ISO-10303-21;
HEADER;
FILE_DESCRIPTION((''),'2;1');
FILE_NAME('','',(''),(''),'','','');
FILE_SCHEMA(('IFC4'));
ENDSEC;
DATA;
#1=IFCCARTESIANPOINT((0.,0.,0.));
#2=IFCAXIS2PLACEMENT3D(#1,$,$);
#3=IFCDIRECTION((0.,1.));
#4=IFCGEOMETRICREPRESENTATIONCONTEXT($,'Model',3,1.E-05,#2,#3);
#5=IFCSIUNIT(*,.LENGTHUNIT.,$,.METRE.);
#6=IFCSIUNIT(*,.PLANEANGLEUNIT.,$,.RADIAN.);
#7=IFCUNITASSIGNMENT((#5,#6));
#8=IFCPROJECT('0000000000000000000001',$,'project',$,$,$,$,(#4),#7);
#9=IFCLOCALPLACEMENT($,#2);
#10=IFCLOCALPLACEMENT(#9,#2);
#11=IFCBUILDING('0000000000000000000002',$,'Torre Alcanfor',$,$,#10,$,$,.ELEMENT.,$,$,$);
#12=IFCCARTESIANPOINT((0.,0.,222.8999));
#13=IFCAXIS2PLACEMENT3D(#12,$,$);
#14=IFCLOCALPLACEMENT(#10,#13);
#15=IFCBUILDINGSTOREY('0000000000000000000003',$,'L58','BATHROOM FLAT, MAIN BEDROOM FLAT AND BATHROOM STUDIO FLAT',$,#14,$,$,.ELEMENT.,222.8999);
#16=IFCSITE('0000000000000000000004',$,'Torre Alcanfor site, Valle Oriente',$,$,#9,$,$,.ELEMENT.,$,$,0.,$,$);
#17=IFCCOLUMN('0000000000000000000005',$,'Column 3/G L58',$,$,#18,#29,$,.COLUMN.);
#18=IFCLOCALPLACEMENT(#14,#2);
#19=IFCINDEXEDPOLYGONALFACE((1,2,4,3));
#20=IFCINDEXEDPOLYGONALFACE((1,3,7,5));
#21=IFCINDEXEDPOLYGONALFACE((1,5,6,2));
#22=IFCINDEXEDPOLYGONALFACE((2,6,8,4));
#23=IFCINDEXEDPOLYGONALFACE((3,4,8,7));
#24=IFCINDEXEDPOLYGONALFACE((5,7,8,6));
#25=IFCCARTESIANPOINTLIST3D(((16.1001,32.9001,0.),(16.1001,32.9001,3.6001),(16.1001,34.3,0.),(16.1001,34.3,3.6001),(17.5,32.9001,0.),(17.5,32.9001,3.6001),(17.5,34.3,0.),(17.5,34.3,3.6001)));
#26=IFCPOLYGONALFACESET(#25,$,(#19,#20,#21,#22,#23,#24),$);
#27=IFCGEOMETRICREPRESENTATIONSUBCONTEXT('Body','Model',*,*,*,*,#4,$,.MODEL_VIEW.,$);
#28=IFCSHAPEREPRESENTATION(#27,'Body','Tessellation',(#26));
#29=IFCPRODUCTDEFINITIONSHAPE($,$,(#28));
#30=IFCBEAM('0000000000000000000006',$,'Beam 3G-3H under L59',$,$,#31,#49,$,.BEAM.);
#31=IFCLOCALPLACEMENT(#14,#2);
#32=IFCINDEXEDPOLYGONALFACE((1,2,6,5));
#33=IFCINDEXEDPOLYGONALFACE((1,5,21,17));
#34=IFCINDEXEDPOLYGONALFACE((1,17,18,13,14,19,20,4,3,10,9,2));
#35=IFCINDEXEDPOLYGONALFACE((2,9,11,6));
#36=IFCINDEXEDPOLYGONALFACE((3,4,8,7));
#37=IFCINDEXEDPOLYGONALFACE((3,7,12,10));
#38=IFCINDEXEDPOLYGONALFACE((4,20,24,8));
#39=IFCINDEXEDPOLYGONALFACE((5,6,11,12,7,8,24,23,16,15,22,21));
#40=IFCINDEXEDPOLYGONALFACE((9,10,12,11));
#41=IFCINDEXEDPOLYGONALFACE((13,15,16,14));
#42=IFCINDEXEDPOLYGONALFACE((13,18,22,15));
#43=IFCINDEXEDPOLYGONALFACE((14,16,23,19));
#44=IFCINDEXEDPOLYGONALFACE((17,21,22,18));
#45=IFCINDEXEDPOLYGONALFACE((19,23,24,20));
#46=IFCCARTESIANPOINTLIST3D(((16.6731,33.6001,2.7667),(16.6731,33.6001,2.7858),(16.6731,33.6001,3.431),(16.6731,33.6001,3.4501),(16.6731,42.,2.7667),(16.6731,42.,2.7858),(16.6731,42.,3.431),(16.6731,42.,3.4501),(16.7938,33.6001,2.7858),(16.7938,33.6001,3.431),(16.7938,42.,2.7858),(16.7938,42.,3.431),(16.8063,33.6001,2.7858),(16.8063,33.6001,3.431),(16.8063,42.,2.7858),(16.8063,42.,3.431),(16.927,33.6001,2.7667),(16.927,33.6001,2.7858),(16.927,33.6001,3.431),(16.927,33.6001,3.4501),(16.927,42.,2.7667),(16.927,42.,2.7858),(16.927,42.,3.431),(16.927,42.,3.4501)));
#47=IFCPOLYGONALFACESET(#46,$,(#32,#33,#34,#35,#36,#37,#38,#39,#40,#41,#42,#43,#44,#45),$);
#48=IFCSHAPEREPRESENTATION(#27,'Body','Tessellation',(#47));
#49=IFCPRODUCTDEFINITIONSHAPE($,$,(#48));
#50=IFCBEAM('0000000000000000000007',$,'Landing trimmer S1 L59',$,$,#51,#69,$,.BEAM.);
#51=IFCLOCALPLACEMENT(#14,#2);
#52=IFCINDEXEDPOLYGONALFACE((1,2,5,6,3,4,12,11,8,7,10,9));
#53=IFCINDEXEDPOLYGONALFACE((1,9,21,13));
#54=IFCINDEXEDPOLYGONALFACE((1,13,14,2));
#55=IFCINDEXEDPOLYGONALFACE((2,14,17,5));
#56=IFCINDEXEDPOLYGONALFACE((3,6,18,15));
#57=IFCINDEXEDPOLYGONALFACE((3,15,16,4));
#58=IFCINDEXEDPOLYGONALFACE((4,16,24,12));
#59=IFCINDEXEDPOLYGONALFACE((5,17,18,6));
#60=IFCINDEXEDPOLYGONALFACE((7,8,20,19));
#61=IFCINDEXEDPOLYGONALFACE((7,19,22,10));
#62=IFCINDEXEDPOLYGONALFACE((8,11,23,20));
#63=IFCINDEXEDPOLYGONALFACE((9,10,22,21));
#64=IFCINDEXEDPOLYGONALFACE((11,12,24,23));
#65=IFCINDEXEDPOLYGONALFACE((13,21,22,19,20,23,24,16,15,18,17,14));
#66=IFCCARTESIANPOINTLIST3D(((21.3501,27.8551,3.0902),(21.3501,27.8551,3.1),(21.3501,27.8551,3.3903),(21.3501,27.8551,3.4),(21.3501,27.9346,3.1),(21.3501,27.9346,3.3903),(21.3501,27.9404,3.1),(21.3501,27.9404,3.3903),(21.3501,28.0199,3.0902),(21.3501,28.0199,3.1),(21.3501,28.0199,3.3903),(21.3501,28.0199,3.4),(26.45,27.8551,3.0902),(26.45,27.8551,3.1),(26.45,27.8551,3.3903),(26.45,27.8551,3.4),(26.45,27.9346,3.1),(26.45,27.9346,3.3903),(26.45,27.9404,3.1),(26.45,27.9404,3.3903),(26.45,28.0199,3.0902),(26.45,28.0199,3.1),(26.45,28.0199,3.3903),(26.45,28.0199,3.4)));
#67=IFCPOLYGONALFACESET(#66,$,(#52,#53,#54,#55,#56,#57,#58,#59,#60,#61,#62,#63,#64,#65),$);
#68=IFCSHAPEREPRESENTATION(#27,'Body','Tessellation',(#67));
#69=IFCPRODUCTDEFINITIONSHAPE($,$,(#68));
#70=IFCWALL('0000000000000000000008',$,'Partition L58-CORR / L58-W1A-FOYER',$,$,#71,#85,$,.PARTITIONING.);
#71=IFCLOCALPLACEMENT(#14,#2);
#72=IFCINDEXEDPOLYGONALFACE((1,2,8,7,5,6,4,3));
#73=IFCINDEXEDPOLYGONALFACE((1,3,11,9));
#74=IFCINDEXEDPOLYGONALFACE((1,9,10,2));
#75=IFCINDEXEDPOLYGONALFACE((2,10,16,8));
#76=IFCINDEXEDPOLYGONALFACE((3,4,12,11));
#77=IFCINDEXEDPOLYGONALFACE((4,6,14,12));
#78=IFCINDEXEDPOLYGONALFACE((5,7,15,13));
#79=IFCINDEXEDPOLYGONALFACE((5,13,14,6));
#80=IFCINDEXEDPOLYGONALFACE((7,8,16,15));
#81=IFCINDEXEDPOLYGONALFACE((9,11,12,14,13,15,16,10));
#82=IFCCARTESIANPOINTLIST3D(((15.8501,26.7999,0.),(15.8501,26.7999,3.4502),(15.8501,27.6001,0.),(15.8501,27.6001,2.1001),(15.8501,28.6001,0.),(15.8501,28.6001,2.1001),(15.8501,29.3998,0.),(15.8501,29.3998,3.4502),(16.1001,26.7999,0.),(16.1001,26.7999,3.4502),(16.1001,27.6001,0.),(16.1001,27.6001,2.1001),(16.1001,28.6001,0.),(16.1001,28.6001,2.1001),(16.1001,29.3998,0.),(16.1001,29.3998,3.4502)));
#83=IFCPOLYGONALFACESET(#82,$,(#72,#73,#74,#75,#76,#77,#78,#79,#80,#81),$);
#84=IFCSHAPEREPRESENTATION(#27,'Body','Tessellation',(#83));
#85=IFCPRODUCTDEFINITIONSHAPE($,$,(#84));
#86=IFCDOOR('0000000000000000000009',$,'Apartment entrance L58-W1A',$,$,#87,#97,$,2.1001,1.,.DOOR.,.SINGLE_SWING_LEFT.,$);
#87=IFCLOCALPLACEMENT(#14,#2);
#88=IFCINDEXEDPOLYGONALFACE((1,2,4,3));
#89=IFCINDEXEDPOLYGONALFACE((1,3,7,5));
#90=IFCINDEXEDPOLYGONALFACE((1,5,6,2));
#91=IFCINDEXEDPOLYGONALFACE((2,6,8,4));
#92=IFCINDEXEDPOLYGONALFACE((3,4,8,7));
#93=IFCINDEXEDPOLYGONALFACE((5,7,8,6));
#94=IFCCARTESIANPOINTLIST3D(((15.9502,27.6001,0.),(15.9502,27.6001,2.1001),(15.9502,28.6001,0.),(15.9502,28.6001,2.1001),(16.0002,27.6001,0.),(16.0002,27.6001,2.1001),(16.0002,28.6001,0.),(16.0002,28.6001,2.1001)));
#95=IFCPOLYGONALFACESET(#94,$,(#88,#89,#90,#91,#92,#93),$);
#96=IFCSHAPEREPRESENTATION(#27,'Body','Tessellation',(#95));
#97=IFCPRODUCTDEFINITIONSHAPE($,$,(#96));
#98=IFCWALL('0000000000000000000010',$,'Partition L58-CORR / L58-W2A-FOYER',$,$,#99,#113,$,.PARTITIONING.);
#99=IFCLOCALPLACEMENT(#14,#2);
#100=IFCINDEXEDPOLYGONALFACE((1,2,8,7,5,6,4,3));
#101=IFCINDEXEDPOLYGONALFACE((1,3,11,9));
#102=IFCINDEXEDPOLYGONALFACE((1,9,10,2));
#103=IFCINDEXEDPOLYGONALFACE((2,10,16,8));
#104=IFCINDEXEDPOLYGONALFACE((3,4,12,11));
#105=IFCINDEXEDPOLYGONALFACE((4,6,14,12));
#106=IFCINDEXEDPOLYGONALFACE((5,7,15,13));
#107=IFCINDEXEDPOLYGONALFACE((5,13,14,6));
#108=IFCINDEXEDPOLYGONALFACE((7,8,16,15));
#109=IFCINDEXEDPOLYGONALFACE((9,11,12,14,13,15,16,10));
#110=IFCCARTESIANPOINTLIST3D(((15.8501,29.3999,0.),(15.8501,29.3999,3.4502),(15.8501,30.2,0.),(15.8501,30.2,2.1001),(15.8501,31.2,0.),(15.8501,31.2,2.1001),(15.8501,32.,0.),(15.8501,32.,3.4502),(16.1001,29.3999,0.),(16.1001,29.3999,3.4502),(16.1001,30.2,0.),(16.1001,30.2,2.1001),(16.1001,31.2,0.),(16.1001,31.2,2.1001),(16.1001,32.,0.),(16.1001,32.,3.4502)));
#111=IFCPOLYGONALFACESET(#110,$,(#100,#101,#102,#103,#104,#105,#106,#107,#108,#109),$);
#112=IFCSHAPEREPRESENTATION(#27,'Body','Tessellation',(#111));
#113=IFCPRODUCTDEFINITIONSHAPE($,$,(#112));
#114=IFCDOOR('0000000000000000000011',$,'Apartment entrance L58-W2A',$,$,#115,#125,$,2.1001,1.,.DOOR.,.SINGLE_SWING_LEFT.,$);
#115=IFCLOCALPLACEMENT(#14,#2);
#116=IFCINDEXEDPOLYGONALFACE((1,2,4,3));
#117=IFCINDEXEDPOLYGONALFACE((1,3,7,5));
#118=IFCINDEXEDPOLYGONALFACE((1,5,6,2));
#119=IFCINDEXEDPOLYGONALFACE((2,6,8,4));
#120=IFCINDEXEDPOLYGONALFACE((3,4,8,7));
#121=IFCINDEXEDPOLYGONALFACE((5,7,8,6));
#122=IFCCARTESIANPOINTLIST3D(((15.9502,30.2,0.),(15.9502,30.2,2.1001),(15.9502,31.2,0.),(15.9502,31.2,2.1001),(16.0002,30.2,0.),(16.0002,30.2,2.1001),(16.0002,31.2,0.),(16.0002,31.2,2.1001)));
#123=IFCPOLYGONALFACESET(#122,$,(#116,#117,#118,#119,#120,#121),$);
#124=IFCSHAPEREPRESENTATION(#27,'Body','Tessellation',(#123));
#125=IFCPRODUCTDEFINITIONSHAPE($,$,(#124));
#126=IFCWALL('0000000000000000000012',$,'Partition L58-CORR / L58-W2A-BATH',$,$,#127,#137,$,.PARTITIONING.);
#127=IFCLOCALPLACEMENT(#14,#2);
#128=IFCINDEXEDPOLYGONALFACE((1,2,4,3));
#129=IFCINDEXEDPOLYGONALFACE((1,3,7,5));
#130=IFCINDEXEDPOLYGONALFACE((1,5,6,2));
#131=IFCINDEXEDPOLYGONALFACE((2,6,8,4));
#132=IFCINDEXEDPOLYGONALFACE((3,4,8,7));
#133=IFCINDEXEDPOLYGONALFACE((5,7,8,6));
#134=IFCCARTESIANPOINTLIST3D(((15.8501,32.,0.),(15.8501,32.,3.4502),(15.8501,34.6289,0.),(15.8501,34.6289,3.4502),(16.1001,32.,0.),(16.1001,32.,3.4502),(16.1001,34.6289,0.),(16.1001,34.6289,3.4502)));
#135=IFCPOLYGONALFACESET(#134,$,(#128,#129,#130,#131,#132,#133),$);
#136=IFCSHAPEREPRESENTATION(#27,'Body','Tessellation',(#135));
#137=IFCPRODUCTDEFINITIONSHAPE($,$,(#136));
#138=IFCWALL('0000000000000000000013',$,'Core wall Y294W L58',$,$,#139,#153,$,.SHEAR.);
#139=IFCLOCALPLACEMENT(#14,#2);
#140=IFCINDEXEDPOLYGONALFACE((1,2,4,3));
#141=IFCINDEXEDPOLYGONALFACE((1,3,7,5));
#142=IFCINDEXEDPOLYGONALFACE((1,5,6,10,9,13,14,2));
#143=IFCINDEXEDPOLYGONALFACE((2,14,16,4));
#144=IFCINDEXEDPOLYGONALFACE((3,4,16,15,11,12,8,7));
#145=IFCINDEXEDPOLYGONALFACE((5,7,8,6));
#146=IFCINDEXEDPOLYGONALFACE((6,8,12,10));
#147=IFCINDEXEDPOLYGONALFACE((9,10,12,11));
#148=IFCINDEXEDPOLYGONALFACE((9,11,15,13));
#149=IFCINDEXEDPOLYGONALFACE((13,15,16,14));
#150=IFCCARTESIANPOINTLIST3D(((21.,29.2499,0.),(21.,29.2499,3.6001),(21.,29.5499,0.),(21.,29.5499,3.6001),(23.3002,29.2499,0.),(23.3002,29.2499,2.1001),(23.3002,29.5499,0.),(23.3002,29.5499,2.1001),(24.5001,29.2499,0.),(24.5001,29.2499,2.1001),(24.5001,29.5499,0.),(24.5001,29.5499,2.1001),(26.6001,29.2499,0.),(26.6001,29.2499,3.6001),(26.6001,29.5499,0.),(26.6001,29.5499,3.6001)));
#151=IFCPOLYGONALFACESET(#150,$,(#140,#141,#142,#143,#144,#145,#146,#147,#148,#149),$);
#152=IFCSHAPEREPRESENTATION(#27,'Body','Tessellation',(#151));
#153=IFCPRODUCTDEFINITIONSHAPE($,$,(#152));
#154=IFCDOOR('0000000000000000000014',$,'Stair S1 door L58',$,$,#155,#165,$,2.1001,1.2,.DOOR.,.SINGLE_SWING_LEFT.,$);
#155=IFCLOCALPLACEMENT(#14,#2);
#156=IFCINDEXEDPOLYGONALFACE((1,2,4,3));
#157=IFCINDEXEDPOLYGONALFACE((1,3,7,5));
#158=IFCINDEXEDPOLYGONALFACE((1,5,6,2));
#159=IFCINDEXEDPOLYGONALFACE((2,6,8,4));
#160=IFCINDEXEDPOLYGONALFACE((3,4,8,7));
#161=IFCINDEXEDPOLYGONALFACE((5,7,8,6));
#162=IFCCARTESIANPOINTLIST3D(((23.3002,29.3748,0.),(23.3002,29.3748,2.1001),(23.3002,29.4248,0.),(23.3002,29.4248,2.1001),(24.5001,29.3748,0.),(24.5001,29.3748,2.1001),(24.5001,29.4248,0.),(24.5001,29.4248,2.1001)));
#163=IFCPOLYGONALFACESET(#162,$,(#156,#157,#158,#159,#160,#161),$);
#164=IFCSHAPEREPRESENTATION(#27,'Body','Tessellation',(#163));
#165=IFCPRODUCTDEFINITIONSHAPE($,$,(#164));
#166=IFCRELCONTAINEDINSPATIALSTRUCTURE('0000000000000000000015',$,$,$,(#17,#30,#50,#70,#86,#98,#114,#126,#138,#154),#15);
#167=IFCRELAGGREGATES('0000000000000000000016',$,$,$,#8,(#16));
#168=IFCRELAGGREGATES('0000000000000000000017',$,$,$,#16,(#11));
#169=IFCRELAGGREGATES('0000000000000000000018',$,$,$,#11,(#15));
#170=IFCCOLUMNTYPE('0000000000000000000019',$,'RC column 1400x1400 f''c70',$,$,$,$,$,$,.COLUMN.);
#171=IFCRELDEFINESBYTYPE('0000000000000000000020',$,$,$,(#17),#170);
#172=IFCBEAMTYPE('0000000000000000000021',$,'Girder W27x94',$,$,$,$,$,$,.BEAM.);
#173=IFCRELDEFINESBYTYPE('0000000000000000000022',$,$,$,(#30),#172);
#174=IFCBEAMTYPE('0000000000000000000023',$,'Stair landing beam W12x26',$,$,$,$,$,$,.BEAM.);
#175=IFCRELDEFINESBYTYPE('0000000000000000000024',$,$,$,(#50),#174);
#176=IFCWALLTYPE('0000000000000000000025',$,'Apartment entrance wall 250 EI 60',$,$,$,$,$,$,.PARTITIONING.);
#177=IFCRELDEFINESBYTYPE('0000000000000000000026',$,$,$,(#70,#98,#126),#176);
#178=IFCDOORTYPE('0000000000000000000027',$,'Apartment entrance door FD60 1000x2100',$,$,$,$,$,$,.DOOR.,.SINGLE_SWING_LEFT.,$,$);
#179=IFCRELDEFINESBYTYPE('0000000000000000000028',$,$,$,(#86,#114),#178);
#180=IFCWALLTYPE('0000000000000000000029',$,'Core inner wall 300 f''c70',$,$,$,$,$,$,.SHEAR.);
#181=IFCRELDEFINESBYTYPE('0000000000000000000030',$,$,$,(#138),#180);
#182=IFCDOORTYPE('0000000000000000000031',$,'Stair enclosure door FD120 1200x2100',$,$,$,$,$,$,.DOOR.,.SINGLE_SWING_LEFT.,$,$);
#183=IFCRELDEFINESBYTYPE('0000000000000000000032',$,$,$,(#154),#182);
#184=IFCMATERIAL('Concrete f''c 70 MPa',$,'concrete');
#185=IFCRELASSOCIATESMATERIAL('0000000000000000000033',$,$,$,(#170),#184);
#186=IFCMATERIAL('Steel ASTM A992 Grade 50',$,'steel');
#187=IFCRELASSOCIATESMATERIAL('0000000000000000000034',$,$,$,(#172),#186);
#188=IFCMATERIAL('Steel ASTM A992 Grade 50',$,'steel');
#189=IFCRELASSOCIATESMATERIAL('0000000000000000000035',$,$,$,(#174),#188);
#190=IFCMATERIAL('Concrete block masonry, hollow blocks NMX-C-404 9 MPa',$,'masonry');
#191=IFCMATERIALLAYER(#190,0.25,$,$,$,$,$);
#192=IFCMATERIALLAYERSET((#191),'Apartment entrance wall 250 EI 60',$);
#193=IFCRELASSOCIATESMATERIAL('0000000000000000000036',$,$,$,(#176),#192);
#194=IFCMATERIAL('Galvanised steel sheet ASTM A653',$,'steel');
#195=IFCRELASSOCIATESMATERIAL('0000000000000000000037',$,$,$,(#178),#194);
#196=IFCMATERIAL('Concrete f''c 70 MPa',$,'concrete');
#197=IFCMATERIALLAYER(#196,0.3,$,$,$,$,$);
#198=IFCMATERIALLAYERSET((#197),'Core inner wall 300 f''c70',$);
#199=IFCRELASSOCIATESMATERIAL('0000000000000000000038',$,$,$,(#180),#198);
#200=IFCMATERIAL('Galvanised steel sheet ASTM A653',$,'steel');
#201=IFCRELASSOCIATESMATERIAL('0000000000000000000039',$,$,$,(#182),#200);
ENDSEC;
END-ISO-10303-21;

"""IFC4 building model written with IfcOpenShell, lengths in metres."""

from ifc_helpers import new_model, si_unit, direction, frame, frame_2d, origin, origin_2d, place, context, subcontext, project, spatial, rectangle, i_section, extrude, material, layer, layer_set, material_profile, profile_set, type_object, element, fill, save


model = new_model("IFC4")

# Units and contexts
model_context = context("Model", 3, precision=1e-05, world=origin(), true_north=direction((0.0, 1.0)))
body_context = subcontext(model_context, "Body", "Model", "MODEL_VIEW")
ifc_project = project(units=[si_unit("LENGTHUNIT", "METRE"), si_unit("PLANEANGLEUNIT", "RADIAN")], contexts=[model_context])

# Site, building, storey
site_placement = place(None, origin())
site = spatial("IfcSite", under=ifc_project, at=site_placement, Name="Torre Alcanfor site, Valle Oriente", CompositionType="ELEMENT", RefElevation=0.0)
building_placement = place(site_placement, origin())
building = spatial("IfcBuilding", under=site, at=building_placement, Name="Torre Alcanfor", CompositionType="ELEMENT")
storey_placement = place(building_placement, frame((0.0, 0.0, 222.8999)))
storey = spatial("IfcBuildingStorey", under=building, at=storey_placement, Name="L58", Description="BATHROOM FLAT, MAIN BEDROOM FLAT AND BATHROOM STUDIO FLAT", CompositionType="ELEMENT", Elevation=222.8999)

# Column
ifc_material_1 = material(Name="Concrete f'c 70 MPa", Category="concrete")
ifc_material_profile_1 = material_profile(ifc_material_1, rectangle(XDim=1.3999, YDim=1.3999, at=origin_2d()), Name="1400x1400")
ifc_profile_set_1 = profile_set([ifc_material_profile_1], Name="Concrete f'c 70 MPa")
column_type = type_object("IfcColumnType", Name="RC column 1400x1400 f'c70", PredefinedType="COLUMN", material=ifc_profile_set_1)
column_placement = place(storey_placement, frame((16.8, 33.6001, 0.0), z_axis=(0.0, 0.0, 1.0), x_axis=(1.0, 0.0, 0.0)))
element("IfcColumn", 1, at=column_placement, inside=storey, type_object=column_type, Name="Column 3/G L58", PredefinedType="COLUMN", context=body_context, shape_type="SweptSolid", body=[
    extrude(rectangle(XDim=1.3999, YDim=1.3999, at=origin_2d()), origin(), (0.0, 0.0, 1.0), 3.6001),
])

# Beams
ifc_material_2 = material(Name="Steel ASTM A992 Grade 50", Category="steel")
ifc_material_profile_2 = material_profile(ifc_material_2, i_section(OverallWidth=0.2539, OverallDepth=0.6833, WebThickness=0.0125, FlangeThickness=0.019, at=origin_2d()), Name="W27x94")
ifc_profile_set_2 = profile_set([ifc_material_profile_2], Name="Steel ASTM A992 Grade 50")
beam_type_1 = type_object("IfcBeamType", Name="Girder W27x94", PredefinedType="BEAM", material=ifc_profile_set_2)
beam_1_placement = place(storey_placement, frame((16.8, 33.6001, 3.1084), z_axis=(0.0, 1.0, 0.0), x_axis=(-1.0, 0.0, 0.0)))
element("IfcBeam", 2, at=beam_1_placement, inside=storey, type_object=beam_type_1, Name="Beam 3G-3H under L59", PredefinedType="BEAM", context=body_context, shape_type="SweptSolid", body=[
    extrude(i_section(OverallWidth=0.2539, OverallDepth=0.6833, WebThickness=0.0125, FlangeThickness=0.019, at=origin_2d()), origin(), (0.0, 0.0, 1.0), 8.3999),
])
ifc_material_3 = material(Name="Steel ASTM A992 Grade 50", Category="steel")
ifc_material_profile_3 = material_profile(ifc_material_3, i_section(OverallWidth=0.1648, OverallDepth=0.3098, WebThickness=0.0059, FlangeThickness=0.0098, at=origin_2d()), Name="W12x26")
ifc_profile_set_3 = profile_set([ifc_material_profile_3], Name="Steel ASTM A992 Grade 50")
beam_type_2 = type_object("IfcBeamType", Name="Stair landing beam W12x26", PredefinedType="BEAM", material=ifc_profile_set_3)
beam_2_placement = place(storey_placement, frame((21.3501, 27.9375, 3.2451), z_axis=(1.0, 0.0, 0.0), x_axis=(0.0, 1.0, 0.0)))
element("IfcBeam", 3, at=beam_2_placement, inside=storey, type_object=beam_type_2, Name="Landing trimmer S1 L59", PredefinedType="BEAM", context=body_context, shape_type="SweptSolid", body=[
    extrude(i_section(OverallWidth=0.1648, OverallDepth=0.3098, WebThickness=0.0059, FlangeThickness=0.0098, at=origin_2d()), origin(), (0.0, 0.0, 1.0), 5.0999),
])

# Walls, openings, doors
ifc_material_4 = material(Name="Concrete block masonry, hollow blocks NMX-C-404 9 MPa", Category="masonry")
ifc_layer_1 = layer(ifc_material_4, 0.25)
ifc_layer_set_1 = layer_set([ifc_layer_1], Name="Apartment entrance wall 250 EI 60")
wall_type_1 = type_object("IfcWallType", Name="Apartment entrance wall 250 EI 60", PredefinedType="PARTITIONING", material=ifc_layer_set_1)
wall_1_placement = place(storey_placement, frame((15.9751, 26.8, 0.0), z_axis=(0.0, 0.0, 1.0), x_axis=(0.0, 1.0, 0.0)))
wall_1 = element("IfcWall", 4, at=wall_1_placement, inside=storey, type_object=wall_type_1, Name="Partition L58-CORR / L58-W1A-FOYER", PredefinedType="PARTITIONING", context=body_context, shape_type="SweptSolid", body=[
    extrude(rectangle(XDim=2.5999, YDim=0.25, at=frame_2d((1.2998, 0.0))), origin(), (0.0, 0.0, 1.0), 3.4502),
])
opening_1_placement = place(wall_1_placement, frame((0.8, 0.0, 0.0)))
opening_1 = element("IfcOpeningElement", 5, at=opening_1_placement, cuts=wall_1, PredefinedType="OPENING", context=body_context, shape_type="SweptSolid", body=[
    extrude(rectangle(XDim=1.0, YDim=2.1001, at=frame_2d((0.5, 1.05))), frame((0.0, 0.135, 0.0), z_axis=(0.0, -1.0, 0.0), x_axis=(1.0, 0.0, 0.0)), (0.0, 0.0, 1.0), 0.27),
])
ifc_material_5 = material(Name="Galvanised steel sheet ASTM A653", Category="steel")
door_type_1 = type_object("IfcDoorType", Name="Apartment entrance door FD60 1000x2100", OperationType="SINGLE_SWING_LEFT", PredefinedType="DOOR", material=ifc_material_5)
door_1_placement = place(opening_1_placement, origin())
door_1 = element("IfcDoor", 6, at=door_1_placement, inside=storey, type_object=door_type_1, Name="Apartment entrance L58-W1A", OperationType="SINGLE_SWING_LEFT", OverallHeight=2.1001, OverallWidth=1.0, PredefinedType="DOOR", context=body_context, shape_type="SweptSolid", body=[
    extrude(rectangle(XDim=1.0, YDim=2.1001, at=frame_2d((0.5, 1.05))), frame((0.0, 0.0249, 0.0), z_axis=(0.0, -1.0, 0.0), x_axis=(1.0, 0.0, 0.0)), (0.0, 0.0, 1.0), 0.05),
])
fill(opening_1, door_1)
wall_2_placement = place(storey_placement, frame((15.9751, 29.3999, 0.0), z_axis=(0.0, 0.0, 1.0), x_axis=(0.0, 1.0, 0.0)))
wall_2 = element("IfcWall", 7, at=wall_2_placement, inside=storey, type_object=wall_type_1, Name="Partition L58-CORR / L58-W2A-FOYER", PredefinedType="PARTITIONING", context=body_context, shape_type="SweptSolid", body=[
    extrude(rectangle(XDim=2.6001, YDim=0.25, at=frame_2d((1.3, 0.0))), origin(), (0.0, 0.0, 1.0), 3.4502),
])
opening_2_placement = place(wall_2_placement, frame((0.8, 0.0, 0.0)))
opening_2 = element("IfcOpeningElement", 8, at=opening_2_placement, cuts=wall_2, PredefinedType="OPENING", context=body_context, shape_type="SweptSolid", body=[
    extrude(rectangle(XDim=1.0, YDim=2.1001, at=frame_2d((0.5, 1.05))), frame((0.0, 0.135, 0.0), z_axis=(0.0, -1.0, 0.0), x_axis=(1.0, 0.0, 0.0)), (0.0, 0.0, 1.0), 0.27),
])
door_2_placement = place(opening_2_placement, origin())
door_2 = element("IfcDoor", 9, at=door_2_placement, inside=storey, type_object=door_type_1, Name="Apartment entrance L58-W2A", OperationType="SINGLE_SWING_LEFT", OverallHeight=2.1001, OverallWidth=1.0, PredefinedType="DOOR", context=body_context, shape_type="SweptSolid", body=[
    extrude(rectangle(XDim=1.0, YDim=2.1001, at=frame_2d((0.5, 1.05))), frame((0.0, 0.0249, 0.0), z_axis=(0.0, -1.0, 0.0), x_axis=(1.0, 0.0, 0.0)), (0.0, 0.0, 1.0), 0.05),
])
fill(opening_2, door_2)

# Wall
wall_3_placement = place(storey_placement, frame((15.9751, 32.0, 0.0), z_axis=(0.0, 0.0, 1.0), x_axis=(0.0, 1.0, 0.0)))
element("IfcWall", 10, at=wall_3_placement, inside=storey, type_object=wall_type_1, Name="Partition L58-CORR / L58-W2A-BATH", PredefinedType="PARTITIONING", context=body_context, shape_type="SweptSolid", body=[
    extrude(rectangle(XDim=2.6289, YDim=0.25, at=frame_2d((1.3145, 0.0))), origin(), (0.0, 0.0, 1.0), 3.4502),
])

# Wall, opening, door
ifc_material_6 = material(Name="Concrete f'c 70 MPa", Category="concrete")
ifc_layer_2 = layer(ifc_material_6, 0.3)
ifc_layer_set_2 = layer_set([ifc_layer_2], Name="Core inner wall 300 f'c70")
wall_type_2 = type_object("IfcWallType", Name="Core inner wall 300 f'c70", PredefinedType="SHEAR", material=ifc_layer_set_2)
wall_4_placement = place(storey_placement, frame((21.0, 29.3999, 0.0), z_axis=(0.0, 0.0, 1.0), x_axis=(1.0, 0.0, 0.0)))
wall_4 = element("IfcWall", 11, at=wall_4_placement, inside=storey, type_object=wall_type_2, Name="Core wall Y294W L58", PredefinedType="SHEAR", context=body_context, shape_type="SweptSolid", body=[
    extrude(rectangle(XDim=5.6001, YDim=0.3, at=frame_2d((2.8, 0.0))), origin(), (0.0, 0.0, 1.0), 3.6001),
])
opening_3_placement = place(wall_4_placement, frame((2.3, 0.0, 0.0)))
opening_3 = element("IfcOpeningElement", 12, at=opening_3_placement, cuts=wall_4, PredefinedType="OPENING", context=body_context, shape_type="SweptSolid", body=[
    extrude(rectangle(XDim=1.2, YDim=2.1001, at=frame_2d((0.6001, 1.05))), frame((0.0, 0.1599, 0.0), z_axis=(0.0, -1.0, 0.0), x_axis=(1.0, 0.0, 0.0)), (0.0, 0.0, 1.0), 0.3201),
])
ifc_material_7 = material(Name="Galvanised steel sheet ASTM A653", Category="steel")
door_type_2 = type_object("IfcDoorType", Name="Stair enclosure door FD120 1200x2100", OperationType="SINGLE_SWING_LEFT", PredefinedType="DOOR", material=ifc_material_7)
door_3_placement = place(opening_3_placement, frame((1.2, 0.0, 0.0), z_axis=(0.0, 0.0, 1.0), x_axis=(-1.0, 0.0, 0.0)))
door_3 = element("IfcDoor", 13, at=door_3_placement, inside=storey, type_object=door_type_2, Name="Stair S1 door L58", OperationType="SINGLE_SWING_LEFT", OverallHeight=2.1001, OverallWidth=1.2, PredefinedType="DOOR", context=body_context, shape_type="SweptSolid", body=[
    extrude(rectangle(XDim=1.2, YDim=2.1001, at=frame_2d((0.5999, 1.05))), frame((0.0, 0.0251, 0.0), z_axis=(0.0, -1.0, 0.0), x_axis=(1.0, 0.0, 0.0)), (0.0, 0.0, 1.0), 0.05),
])
fill(opening_3, door_3)

save(model, "model.ifc")
